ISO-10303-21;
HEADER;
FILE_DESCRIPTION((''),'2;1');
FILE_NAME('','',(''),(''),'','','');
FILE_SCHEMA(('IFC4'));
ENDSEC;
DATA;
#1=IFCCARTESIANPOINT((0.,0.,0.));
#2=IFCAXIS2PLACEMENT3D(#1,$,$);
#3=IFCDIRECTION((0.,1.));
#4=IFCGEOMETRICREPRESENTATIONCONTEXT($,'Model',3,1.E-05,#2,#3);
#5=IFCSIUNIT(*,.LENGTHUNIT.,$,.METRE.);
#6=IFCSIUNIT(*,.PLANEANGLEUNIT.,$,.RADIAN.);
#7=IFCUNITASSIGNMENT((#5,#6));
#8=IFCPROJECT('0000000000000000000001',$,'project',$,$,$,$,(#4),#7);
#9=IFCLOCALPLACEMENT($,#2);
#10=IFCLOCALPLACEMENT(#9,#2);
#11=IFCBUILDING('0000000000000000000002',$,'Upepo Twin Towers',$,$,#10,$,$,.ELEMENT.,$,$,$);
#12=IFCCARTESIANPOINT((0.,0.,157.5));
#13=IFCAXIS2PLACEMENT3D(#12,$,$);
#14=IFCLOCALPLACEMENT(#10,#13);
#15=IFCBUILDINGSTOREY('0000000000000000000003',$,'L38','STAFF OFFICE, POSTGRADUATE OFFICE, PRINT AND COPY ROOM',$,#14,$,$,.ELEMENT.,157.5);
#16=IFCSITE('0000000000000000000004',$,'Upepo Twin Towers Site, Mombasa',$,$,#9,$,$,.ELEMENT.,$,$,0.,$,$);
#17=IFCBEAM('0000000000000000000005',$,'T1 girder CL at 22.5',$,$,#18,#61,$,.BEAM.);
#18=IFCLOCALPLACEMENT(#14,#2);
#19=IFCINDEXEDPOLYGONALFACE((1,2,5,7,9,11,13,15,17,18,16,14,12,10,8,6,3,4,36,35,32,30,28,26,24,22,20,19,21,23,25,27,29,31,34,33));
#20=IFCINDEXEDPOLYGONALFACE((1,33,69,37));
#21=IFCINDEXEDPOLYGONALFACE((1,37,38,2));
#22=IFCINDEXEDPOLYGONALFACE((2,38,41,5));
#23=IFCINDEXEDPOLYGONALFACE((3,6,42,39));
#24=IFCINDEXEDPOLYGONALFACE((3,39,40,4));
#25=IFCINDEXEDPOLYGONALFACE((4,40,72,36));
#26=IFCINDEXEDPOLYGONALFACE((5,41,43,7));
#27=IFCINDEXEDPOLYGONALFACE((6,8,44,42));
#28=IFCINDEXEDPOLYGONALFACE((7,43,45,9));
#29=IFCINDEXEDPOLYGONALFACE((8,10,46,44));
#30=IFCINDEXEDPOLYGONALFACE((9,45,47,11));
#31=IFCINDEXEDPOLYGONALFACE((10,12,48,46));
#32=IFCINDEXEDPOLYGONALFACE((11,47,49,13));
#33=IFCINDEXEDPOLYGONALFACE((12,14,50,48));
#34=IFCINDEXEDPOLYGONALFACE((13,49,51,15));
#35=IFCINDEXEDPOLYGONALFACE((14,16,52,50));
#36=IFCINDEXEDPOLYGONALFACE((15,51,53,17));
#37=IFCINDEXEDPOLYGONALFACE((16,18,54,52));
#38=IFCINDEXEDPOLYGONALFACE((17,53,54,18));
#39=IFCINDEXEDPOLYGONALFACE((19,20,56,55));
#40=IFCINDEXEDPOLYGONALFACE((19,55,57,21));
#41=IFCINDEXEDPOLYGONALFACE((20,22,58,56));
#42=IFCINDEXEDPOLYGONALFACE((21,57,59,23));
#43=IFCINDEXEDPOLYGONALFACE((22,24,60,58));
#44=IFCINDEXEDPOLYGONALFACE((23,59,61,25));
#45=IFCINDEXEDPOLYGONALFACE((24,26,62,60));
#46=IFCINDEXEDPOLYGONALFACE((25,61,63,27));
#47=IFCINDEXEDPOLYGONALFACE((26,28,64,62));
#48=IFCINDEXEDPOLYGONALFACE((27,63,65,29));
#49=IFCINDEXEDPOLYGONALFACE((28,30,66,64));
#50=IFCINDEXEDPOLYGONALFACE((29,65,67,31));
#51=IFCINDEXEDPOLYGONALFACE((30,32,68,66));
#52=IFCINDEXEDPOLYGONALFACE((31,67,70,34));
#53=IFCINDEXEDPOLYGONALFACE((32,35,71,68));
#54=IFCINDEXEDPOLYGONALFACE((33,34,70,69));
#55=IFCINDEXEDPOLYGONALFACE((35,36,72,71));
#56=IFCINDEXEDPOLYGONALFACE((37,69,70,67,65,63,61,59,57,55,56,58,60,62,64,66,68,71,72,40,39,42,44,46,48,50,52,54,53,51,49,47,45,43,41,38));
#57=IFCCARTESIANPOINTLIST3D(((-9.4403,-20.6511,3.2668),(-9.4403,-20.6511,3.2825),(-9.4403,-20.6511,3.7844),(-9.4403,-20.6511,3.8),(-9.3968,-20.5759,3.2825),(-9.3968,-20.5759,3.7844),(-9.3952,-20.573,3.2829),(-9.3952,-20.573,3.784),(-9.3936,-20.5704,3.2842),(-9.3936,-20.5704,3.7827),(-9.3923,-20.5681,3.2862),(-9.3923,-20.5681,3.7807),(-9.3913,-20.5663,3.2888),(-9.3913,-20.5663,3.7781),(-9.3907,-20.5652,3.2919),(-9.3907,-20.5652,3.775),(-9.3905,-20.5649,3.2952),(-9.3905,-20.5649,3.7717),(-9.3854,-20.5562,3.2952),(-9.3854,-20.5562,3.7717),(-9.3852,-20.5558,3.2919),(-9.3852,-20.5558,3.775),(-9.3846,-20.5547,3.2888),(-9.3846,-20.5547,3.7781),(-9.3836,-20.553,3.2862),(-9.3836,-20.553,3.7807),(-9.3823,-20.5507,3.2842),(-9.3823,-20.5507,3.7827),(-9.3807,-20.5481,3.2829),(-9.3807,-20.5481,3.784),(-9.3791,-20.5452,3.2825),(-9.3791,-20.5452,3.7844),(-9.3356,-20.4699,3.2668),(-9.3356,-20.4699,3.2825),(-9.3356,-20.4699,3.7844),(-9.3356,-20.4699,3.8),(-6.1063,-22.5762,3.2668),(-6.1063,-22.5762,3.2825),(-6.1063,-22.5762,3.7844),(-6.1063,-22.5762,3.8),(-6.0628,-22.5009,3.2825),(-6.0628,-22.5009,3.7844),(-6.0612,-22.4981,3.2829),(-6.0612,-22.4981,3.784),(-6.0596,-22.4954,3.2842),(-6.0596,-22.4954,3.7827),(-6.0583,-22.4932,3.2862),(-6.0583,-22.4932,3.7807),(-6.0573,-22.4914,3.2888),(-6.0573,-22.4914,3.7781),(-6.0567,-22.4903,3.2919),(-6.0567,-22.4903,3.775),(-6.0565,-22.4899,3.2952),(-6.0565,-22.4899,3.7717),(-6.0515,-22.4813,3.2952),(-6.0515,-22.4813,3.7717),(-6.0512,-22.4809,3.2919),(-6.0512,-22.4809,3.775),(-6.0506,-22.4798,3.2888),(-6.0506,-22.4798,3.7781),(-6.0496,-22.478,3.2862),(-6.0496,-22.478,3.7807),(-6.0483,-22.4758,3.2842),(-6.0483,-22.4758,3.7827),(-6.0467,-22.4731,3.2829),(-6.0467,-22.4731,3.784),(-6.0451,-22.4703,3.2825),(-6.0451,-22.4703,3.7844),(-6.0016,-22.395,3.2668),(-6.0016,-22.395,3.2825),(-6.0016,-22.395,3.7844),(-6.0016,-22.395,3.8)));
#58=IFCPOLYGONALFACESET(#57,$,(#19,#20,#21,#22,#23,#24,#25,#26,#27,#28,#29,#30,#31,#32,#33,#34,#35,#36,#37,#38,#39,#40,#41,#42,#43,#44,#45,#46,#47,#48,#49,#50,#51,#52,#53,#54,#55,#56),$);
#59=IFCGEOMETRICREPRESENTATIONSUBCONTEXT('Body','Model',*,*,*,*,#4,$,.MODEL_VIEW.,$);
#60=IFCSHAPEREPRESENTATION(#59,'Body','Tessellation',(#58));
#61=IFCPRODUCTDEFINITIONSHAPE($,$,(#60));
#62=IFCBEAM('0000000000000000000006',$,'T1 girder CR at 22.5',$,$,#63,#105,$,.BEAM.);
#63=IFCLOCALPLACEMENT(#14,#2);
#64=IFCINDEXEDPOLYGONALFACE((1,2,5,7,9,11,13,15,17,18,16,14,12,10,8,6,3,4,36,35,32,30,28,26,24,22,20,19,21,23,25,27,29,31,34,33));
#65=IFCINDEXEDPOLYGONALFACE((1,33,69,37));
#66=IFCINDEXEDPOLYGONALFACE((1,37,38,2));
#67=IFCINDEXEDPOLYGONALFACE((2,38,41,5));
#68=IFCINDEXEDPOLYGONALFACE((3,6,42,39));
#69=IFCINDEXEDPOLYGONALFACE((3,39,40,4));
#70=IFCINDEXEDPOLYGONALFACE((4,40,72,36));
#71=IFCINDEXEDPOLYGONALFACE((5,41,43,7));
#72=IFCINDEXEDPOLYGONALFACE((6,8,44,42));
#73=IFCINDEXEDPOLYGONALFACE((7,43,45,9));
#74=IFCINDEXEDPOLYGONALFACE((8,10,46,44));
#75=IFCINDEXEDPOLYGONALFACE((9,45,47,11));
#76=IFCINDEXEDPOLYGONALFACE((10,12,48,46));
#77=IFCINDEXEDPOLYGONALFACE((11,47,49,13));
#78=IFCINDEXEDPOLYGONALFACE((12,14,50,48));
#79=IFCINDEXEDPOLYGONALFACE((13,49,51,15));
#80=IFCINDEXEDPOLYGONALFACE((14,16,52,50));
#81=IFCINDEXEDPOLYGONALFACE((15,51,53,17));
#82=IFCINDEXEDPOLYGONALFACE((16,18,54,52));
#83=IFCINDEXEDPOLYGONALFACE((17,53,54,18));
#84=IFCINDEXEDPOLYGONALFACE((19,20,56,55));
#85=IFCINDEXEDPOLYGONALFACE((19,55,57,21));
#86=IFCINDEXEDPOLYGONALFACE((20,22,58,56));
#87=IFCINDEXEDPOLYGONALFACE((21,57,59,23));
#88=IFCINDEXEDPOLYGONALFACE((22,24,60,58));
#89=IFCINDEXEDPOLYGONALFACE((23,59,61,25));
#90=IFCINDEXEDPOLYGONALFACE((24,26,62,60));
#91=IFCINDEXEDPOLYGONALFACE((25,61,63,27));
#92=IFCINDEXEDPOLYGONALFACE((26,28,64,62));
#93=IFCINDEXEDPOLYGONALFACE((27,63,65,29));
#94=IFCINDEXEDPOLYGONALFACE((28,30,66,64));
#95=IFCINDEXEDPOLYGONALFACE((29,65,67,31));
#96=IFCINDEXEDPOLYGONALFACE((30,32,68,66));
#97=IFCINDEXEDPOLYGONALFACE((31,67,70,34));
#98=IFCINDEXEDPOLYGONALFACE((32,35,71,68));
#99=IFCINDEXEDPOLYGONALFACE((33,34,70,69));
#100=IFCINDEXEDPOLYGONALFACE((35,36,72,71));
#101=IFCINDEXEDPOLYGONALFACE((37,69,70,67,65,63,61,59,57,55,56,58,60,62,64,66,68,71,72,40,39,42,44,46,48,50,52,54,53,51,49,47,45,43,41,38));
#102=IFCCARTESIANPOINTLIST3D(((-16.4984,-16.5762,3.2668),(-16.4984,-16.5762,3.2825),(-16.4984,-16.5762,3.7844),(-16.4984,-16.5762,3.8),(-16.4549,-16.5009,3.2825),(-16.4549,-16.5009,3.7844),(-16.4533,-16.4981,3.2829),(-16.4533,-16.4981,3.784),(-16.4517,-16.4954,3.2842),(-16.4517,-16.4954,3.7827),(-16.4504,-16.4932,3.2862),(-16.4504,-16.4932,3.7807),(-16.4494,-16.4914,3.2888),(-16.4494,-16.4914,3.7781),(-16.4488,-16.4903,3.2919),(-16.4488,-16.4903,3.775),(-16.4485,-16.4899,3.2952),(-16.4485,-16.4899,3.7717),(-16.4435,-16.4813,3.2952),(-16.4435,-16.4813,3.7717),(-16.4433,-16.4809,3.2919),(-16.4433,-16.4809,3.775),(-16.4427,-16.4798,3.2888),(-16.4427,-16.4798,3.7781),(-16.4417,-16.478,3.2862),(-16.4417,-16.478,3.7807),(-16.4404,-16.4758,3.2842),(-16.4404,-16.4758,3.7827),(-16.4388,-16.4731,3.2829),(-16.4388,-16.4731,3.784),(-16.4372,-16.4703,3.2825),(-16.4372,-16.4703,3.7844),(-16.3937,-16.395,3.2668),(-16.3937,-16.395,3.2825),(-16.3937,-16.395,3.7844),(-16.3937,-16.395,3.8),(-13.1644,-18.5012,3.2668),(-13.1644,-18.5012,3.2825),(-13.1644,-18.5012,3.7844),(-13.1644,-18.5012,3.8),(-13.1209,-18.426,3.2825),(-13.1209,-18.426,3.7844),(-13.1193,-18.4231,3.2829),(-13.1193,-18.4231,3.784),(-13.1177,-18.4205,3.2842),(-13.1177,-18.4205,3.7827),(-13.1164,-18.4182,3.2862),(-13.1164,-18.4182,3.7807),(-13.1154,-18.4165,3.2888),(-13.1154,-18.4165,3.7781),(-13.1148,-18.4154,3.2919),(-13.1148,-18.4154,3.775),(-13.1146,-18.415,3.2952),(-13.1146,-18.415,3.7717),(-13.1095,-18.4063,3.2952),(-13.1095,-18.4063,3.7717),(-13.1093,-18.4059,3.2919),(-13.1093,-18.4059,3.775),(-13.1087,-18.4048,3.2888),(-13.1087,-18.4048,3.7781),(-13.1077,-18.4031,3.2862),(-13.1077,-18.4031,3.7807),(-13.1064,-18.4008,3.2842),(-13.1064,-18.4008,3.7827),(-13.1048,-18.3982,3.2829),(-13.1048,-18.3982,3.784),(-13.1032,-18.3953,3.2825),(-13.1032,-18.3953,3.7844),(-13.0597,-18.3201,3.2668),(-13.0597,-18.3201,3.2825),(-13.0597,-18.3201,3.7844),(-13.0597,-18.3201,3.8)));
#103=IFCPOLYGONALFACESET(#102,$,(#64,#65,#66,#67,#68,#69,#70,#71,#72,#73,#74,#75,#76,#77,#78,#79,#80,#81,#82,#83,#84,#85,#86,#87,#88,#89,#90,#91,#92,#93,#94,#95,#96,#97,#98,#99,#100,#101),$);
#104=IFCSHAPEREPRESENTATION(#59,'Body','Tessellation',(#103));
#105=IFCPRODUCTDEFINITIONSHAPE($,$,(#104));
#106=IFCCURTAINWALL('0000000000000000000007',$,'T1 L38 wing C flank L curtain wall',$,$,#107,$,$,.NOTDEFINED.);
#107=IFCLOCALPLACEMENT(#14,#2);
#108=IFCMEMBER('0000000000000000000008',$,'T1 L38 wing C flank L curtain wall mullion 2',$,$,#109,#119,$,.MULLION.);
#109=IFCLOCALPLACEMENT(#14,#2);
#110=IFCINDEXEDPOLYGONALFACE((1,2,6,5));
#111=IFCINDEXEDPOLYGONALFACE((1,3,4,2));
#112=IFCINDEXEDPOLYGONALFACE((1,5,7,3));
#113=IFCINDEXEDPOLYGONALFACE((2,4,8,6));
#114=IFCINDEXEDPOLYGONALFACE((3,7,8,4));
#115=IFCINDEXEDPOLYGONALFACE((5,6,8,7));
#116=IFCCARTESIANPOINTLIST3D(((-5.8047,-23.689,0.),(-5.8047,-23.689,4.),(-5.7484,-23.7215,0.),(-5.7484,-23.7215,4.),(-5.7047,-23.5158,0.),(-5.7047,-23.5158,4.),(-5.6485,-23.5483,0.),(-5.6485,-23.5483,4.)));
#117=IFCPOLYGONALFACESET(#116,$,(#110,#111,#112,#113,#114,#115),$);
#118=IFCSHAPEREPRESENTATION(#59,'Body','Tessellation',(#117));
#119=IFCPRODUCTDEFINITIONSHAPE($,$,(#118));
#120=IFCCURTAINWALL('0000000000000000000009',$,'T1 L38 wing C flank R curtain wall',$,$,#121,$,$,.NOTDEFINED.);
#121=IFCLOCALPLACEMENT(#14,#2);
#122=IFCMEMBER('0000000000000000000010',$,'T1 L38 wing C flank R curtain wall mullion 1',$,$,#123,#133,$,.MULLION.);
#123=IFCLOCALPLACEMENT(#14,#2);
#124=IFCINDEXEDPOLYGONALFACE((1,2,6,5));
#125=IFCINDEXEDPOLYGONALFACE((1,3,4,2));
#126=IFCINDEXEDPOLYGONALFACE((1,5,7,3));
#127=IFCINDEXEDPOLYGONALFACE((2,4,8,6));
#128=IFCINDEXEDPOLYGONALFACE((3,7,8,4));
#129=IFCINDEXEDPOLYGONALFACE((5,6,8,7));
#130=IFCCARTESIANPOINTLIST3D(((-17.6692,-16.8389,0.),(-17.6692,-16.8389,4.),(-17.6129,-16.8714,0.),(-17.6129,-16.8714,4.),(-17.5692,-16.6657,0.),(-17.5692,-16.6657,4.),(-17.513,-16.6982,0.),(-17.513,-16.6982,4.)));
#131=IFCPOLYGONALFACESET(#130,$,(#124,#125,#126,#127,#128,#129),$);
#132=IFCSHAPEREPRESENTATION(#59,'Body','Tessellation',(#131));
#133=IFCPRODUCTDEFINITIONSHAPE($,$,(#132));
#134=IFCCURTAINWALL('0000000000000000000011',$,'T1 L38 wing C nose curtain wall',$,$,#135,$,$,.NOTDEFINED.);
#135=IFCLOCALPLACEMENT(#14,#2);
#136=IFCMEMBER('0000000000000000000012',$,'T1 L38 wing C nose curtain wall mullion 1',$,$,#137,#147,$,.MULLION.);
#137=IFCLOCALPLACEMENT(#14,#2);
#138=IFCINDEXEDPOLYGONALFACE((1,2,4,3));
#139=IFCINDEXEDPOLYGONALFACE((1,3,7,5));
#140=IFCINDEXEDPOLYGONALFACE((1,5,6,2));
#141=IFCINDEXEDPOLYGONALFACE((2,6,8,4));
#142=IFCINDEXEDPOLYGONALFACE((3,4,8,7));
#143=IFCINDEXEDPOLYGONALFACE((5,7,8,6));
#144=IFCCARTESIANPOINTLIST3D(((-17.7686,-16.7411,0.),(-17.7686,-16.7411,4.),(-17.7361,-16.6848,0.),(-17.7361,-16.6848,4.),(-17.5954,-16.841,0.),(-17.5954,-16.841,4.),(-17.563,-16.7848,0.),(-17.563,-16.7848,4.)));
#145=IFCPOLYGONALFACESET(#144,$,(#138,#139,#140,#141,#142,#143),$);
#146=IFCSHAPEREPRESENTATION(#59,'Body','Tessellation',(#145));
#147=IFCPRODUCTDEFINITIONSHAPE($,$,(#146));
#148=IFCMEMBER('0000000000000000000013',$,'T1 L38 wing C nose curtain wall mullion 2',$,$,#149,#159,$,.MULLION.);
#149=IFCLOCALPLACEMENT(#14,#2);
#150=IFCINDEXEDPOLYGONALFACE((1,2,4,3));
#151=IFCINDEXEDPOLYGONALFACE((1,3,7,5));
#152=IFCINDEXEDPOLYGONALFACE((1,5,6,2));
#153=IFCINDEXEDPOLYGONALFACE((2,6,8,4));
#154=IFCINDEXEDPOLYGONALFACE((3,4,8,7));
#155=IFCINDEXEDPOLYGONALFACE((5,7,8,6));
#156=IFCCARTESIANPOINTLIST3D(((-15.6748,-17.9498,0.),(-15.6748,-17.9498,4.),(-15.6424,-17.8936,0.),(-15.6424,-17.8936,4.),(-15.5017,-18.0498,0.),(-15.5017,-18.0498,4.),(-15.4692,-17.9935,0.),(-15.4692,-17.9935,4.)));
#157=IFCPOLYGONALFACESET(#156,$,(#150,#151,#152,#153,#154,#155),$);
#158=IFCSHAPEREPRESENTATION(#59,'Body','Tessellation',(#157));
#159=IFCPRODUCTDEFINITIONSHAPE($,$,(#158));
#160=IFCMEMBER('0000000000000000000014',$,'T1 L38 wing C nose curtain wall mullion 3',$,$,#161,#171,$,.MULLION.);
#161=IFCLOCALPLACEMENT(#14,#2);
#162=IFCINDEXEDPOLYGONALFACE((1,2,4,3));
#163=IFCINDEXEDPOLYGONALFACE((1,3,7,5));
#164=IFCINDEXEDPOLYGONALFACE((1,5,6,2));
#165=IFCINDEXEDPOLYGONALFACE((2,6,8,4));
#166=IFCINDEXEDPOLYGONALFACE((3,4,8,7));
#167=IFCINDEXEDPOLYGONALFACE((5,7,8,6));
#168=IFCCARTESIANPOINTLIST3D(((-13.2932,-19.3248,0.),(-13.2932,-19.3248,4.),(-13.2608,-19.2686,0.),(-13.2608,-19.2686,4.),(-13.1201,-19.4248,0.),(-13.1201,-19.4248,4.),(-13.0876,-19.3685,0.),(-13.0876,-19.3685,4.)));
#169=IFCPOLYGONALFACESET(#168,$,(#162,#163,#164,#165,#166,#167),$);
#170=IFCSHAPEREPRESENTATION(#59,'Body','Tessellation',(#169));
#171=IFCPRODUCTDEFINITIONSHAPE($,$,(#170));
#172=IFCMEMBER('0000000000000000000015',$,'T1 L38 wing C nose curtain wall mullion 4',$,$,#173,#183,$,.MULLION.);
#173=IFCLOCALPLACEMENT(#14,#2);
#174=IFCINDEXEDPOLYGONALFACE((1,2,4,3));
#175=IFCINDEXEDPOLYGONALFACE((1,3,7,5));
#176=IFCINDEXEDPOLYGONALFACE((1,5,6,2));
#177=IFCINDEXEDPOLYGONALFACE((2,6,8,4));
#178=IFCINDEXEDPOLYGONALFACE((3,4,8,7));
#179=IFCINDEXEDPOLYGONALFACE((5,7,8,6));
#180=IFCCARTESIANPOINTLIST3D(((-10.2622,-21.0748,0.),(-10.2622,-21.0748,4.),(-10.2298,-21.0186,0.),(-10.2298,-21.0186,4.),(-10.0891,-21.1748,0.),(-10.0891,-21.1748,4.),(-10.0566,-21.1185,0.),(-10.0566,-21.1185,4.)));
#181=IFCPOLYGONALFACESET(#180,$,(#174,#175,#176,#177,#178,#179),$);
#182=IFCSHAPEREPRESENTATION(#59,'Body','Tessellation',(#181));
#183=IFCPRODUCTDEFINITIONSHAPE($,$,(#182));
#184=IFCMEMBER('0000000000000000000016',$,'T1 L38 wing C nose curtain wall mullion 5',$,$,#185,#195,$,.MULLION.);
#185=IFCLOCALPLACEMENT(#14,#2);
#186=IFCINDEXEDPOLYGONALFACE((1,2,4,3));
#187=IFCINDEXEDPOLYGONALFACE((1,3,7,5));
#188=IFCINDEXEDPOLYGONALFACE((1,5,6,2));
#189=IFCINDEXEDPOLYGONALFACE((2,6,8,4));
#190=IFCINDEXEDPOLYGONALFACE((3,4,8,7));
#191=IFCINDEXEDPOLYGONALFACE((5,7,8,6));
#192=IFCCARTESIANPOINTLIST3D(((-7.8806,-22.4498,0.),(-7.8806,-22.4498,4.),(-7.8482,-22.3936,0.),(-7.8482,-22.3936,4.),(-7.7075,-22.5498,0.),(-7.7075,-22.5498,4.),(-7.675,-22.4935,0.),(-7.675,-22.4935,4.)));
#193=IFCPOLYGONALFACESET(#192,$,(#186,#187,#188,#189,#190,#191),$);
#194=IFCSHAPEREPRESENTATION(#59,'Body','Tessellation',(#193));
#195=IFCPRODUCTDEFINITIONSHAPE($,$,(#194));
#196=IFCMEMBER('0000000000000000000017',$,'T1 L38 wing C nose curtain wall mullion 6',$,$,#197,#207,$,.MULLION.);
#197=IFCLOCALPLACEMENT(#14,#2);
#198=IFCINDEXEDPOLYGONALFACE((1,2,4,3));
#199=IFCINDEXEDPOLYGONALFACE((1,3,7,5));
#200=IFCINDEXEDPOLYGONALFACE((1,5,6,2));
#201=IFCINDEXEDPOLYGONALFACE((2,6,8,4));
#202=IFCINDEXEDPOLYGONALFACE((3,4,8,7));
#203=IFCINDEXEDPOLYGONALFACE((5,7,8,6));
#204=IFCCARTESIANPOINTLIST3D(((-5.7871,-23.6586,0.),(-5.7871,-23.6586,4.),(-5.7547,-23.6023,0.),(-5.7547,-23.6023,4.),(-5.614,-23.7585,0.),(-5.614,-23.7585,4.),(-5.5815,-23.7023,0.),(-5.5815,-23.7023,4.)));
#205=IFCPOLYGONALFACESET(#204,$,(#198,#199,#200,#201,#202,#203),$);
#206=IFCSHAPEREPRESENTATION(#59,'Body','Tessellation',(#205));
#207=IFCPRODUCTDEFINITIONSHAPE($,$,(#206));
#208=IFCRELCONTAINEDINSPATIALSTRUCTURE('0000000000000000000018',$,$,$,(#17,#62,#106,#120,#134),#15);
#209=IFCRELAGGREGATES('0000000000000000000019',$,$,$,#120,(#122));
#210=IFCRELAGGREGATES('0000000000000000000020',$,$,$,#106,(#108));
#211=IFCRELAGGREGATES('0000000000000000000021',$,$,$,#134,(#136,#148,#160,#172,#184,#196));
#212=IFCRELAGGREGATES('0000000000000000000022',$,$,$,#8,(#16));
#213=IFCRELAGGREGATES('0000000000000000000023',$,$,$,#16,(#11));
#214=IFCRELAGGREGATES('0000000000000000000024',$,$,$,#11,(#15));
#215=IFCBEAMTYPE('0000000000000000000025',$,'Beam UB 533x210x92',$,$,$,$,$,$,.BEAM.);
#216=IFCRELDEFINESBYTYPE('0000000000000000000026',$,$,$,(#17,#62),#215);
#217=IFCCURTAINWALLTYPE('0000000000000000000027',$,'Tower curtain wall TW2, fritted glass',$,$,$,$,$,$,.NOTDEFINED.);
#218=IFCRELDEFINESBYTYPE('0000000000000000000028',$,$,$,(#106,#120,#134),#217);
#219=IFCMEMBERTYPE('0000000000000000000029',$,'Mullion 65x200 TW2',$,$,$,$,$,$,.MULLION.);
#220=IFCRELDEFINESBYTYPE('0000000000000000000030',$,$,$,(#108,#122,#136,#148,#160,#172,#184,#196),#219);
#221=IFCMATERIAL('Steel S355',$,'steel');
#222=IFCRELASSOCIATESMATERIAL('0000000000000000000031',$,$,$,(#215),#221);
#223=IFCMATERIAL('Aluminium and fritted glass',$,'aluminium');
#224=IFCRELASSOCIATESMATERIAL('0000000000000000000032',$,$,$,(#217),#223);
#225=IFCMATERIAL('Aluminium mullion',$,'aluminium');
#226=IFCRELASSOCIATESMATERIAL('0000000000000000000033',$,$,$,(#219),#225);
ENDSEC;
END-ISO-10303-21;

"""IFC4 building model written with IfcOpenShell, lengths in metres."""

from ifc_helpers import new_model, si_unit, direction, frame, origin, origin_2d, place, context, subcontext, project, spatial, rectangle, i_section, extrude, material, material_profile, profile_set, type_object, element, aggregate, save


model = new_model("IFC4")

# Units and contexts
model_context = context("Model", 3, precision=1e-05, world=origin(), true_north=direction((0.0, 1.0)))
body_context = subcontext(model_context, "Body", "Model", "MODEL_VIEW")
ifc_project = project(units=[si_unit("LENGTHUNIT", "METRE"), si_unit("PLANEANGLEUNIT", "RADIAN")], contexts=[model_context])

# Site, building, storey
site_placement = place(None, origin())
site = spatial("IfcSite", under=ifc_project, at=site_placement, Name="Upepo Twin Towers Site, Mombasa", CompositionType="ELEMENT", RefElevation=0.0)
building_placement = place(site_placement, origin())
building = spatial("IfcBuilding", under=site, at=building_placement, Name="Upepo Twin Towers", CompositionType="ELEMENT")
storey_placement = place(building_placement, frame((0.0, 0.0, 157.5)))
storey = spatial("IfcBuildingStorey", under=building, at=storey_placement, Name="L38", Description="STAFF OFFICE, POSTGRADUATE OFFICE, PRINT AND COPY ROOM", CompositionType="ELEMENT", Elevation=157.5)

# Beams
ifc_material_1 = material(Name="Steel S355", Category="steel")
ifc_material_profile_1 = material_profile(ifc_material_1, i_section(OverallWidth=0.2092, OverallDepth=0.5332, WebThickness=0.01, FlangeThickness=0.0156, FilletRadius=0.0127, at=origin_2d()), Name="UB 533x210x92")
ifc_profile_set_1 = profile_set([ifc_material_profile_1], Name="Steel S355")
beam_type_1 = type_object("IfcBeamType", Name="Beam UB 533x210x92", PredefinedType="BEAM", material=ifc_profile_set_1)
for number, where, z_axis, x_axis, name in (
    (1, (-6.054, -22.4856, 3.5334), (-0.866006, 0.500034, 0.0), (-0.500034, -0.866006, 0.0), "T1 girder CL at 22.5"),
    (2, (-16.446, -16.4856, 3.5334), (0.866006, -0.500034, 0.0), (0.500034, 0.866006, 0.0), "T1 girder CR at 22.5"),
):
    element("IfcBeam", number, at=place(storey_placement, frame(where, z_axis=z_axis, x_axis=x_axis)), inside=storey, type_object=beam_type_1, Name=name, PredefinedType="BEAM", context=body_context, shape_type="SweptSolid", body=[
        extrude(i_section(OverallWidth=0.2092, OverallDepth=0.5332, WebThickness=0.01, FlangeThickness=0.0156, FilletRadius=0.0127, at=origin_2d()), origin(), (0.0, 0.0, 1.0), 3.8499),
    ])

# Curtain walls, members
ifc_material_2 = material(Name="Aluminium and fritted glass", Category="aluminium")
curtain_wall_type = type_object("IfcCurtainWallType", Name="Tower curtain wall TW2, fritted glass", PredefinedType="NOTDEFINED", material=ifc_material_2)
curtain_wall_1_placement = place(storey_placement, origin())
curtain_wall_1 = element("IfcCurtainWall", 3, at=curtain_wall_1_placement, inside=storey, type_object=curtain_wall_type, Name="T1 L38 wing C flank L curtain wall", PredefinedType="NOTDEFINED")
ifc_material_3 = material(Name="Aluminium mullion", Category="aluminium")
ifc_material_profile_2 = material_profile(ifc_material_3, rectangle(XDim=0.0649, YDim=0.2, at=origin_2d()), Name="MULLION 65x200")
ifc_profile_set_2 = profile_set([ifc_material_profile_2], Name="Aluminium mullion")
member_type_1 = type_object("IfcMemberType", Name="Mullion 65x200 TW2", PredefinedType="MULLION", material=ifc_profile_set_2)
member_1_placement = place(storey_placement, frame((-5.7266, -23.6187, 0.0), z_axis=(0.0, 0.0, 1.0), x_axis=(0.866025, -0.5, 0.0)))
member_1 = element("IfcMember", 4, at=member_1_placement, type_object=member_type_1, Name="T1 L38 wing C flank L curtain wall mullion 2", PredefinedType="MULLION", context=body_context, shape_type="SweptSolid", body=[
    extrude(rectangle(XDim=0.0649, YDim=0.2, at=origin_2d()), origin(), (0.0, 0.0, 1.0), 4.0),
])
curtain_wall_2_placement = place(storey_placement, origin())
curtain_wall_2 = element("IfcCurtainWall", 5, at=curtain_wall_2_placement, inside=storey, type_object=curtain_wall_type, Name="T1 L38 wing C flank R curtain wall", PredefinedType="NOTDEFINED")
member_2_placement = place(storey_placement, frame((-17.5911, -16.7686, 0.0), z_axis=(0.0, 0.0, 1.0), x_axis=(-0.866025, 0.5, 0.0)))
member_2 = element("IfcMember", 6, at=member_2_placement, type_object=member_type_1, Name="T1 L38 wing C flank R curtain wall mullion 1", PredefinedType="MULLION", context=body_context, shape_type="SweptSolid", body=[
    extrude(rectangle(XDim=0.0649, YDim=0.2, at=origin_2d()), origin(), (0.0, 0.0, 1.0), 4.0),
])

# Curtain wall, members
curtain_wall_3_placement = place(storey_placement, origin())
curtain_wall_3 = element("IfcCurtainWall", 7, at=curtain_wall_3_placement, inside=storey, type_object=curtain_wall_type, Name="T1 L38 wing C nose curtain wall", PredefinedType="NOTDEFINED")
member_3_placement = place(storey_placement, frame((-17.6658, -16.7629, 0.0), z_axis=(0.0, 0.0, 1.0), x_axis=(0.5, 0.866025, 0.0)))
member_3 = element("IfcMember", 8, at=member_3_placement, type_object=member_type_1, Name="T1 L38 wing C nose curtain wall mullion 1", PredefinedType="MULLION", context=body_context, shape_type="SweptSolid", body=[
    extrude(rectangle(XDim=0.0649, YDim=0.2, at=origin_2d()), origin(), (0.0, 0.0, 1.0), 4.0),
])
member_4_placement = place(storey_placement, frame((-15.572, -17.9717, 0.0), z_axis=(0.0, 0.0, 1.0), x_axis=(0.5, 0.866025, 0.0)))
member_4 = element("IfcMember", 9, at=member_4_placement, type_object=member_type_1, Name="T1 L38 wing C nose curtain wall mullion 2", PredefinedType="MULLION", context=body_context, shape_type="SweptSolid", body=[
    extrude(rectangle(XDim=0.0649, YDim=0.2, at=origin_2d()), origin(), (0.0, 0.0, 1.0), 4.0),
])
member_5_placement = place(storey_placement, frame((-13.1904, -19.3467, 0.0), z_axis=(0.0, 0.0, 1.0), x_axis=(0.5, 0.866025, 0.0)))
member_5 = element("IfcMember", 10, at=member_5_placement, type_object=member_type_1, Name="T1 L38 wing C nose curtain wall mullion 3", PredefinedType="MULLION", context=body_context, shape_type="SweptSolid", body=[
    extrude(rectangle(XDim=0.0649, YDim=0.2, at=origin_2d()), origin(), (0.0, 0.0, 1.0), 4.0),
])
member_6_placement = place(storey_placement, frame((-10.1594, -21.0967, 0.0), z_axis=(0.0, 0.0, 1.0), x_axis=(0.5, 0.866025, 0.0)))
member_6 = element("IfcMember", 11, at=member_6_placement, type_object=member_type_1, Name="T1 L38 wing C nose curtain wall mullion 4", PredefinedType="MULLION", context=body_context, shape_type="SweptSolid", body=[
    extrude(rectangle(XDim=0.0649, YDim=0.2, at=origin_2d()), origin(), (0.0, 0.0, 1.0), 4.0),
])
member_7_placement = place(storey_placement, frame((-7.7778, -22.4717, 0.0), z_axis=(0.0, 0.0, 1.0), x_axis=(0.5, 0.866025, 0.0)))
member_7 = element("IfcMember", 12, at=member_7_placement, type_object=member_type_1, Name="T1 L38 wing C nose curtain wall mullion 5", PredefinedType="MULLION", context=body_context, shape_type="SweptSolid", body=[
    extrude(rectangle(XDim=0.0649, YDim=0.2, at=origin_2d()), origin(), (0.0, 0.0, 1.0), 4.0),
])
member_8_placement = place(storey_placement, frame((-5.6843, -23.6804, 0.0), z_axis=(0.0, 0.0, 1.0), x_axis=(0.5, 0.866025, 0.0)))
member_8 = element("IfcMember", 13, at=member_8_placement, type_object=member_type_1, Name="T1 L38 wing C nose curtain wall mullion 6", PredefinedType="MULLION", context=body_context, shape_type="SweptSolid", body=[
    extrude(rectangle(XDim=0.0649, YDim=0.2, at=origin_2d()), origin(), (0.0, 0.0, 1.0), 4.0),
])

aggregate(curtain_wall_2, [member_2])

aggregate(curtain_wall_1, [member_1])
aggregate(curtain_wall_3, [member_3, member_4, member_5, member_6, member_7, member_8])

save(model, "model.ifc")
